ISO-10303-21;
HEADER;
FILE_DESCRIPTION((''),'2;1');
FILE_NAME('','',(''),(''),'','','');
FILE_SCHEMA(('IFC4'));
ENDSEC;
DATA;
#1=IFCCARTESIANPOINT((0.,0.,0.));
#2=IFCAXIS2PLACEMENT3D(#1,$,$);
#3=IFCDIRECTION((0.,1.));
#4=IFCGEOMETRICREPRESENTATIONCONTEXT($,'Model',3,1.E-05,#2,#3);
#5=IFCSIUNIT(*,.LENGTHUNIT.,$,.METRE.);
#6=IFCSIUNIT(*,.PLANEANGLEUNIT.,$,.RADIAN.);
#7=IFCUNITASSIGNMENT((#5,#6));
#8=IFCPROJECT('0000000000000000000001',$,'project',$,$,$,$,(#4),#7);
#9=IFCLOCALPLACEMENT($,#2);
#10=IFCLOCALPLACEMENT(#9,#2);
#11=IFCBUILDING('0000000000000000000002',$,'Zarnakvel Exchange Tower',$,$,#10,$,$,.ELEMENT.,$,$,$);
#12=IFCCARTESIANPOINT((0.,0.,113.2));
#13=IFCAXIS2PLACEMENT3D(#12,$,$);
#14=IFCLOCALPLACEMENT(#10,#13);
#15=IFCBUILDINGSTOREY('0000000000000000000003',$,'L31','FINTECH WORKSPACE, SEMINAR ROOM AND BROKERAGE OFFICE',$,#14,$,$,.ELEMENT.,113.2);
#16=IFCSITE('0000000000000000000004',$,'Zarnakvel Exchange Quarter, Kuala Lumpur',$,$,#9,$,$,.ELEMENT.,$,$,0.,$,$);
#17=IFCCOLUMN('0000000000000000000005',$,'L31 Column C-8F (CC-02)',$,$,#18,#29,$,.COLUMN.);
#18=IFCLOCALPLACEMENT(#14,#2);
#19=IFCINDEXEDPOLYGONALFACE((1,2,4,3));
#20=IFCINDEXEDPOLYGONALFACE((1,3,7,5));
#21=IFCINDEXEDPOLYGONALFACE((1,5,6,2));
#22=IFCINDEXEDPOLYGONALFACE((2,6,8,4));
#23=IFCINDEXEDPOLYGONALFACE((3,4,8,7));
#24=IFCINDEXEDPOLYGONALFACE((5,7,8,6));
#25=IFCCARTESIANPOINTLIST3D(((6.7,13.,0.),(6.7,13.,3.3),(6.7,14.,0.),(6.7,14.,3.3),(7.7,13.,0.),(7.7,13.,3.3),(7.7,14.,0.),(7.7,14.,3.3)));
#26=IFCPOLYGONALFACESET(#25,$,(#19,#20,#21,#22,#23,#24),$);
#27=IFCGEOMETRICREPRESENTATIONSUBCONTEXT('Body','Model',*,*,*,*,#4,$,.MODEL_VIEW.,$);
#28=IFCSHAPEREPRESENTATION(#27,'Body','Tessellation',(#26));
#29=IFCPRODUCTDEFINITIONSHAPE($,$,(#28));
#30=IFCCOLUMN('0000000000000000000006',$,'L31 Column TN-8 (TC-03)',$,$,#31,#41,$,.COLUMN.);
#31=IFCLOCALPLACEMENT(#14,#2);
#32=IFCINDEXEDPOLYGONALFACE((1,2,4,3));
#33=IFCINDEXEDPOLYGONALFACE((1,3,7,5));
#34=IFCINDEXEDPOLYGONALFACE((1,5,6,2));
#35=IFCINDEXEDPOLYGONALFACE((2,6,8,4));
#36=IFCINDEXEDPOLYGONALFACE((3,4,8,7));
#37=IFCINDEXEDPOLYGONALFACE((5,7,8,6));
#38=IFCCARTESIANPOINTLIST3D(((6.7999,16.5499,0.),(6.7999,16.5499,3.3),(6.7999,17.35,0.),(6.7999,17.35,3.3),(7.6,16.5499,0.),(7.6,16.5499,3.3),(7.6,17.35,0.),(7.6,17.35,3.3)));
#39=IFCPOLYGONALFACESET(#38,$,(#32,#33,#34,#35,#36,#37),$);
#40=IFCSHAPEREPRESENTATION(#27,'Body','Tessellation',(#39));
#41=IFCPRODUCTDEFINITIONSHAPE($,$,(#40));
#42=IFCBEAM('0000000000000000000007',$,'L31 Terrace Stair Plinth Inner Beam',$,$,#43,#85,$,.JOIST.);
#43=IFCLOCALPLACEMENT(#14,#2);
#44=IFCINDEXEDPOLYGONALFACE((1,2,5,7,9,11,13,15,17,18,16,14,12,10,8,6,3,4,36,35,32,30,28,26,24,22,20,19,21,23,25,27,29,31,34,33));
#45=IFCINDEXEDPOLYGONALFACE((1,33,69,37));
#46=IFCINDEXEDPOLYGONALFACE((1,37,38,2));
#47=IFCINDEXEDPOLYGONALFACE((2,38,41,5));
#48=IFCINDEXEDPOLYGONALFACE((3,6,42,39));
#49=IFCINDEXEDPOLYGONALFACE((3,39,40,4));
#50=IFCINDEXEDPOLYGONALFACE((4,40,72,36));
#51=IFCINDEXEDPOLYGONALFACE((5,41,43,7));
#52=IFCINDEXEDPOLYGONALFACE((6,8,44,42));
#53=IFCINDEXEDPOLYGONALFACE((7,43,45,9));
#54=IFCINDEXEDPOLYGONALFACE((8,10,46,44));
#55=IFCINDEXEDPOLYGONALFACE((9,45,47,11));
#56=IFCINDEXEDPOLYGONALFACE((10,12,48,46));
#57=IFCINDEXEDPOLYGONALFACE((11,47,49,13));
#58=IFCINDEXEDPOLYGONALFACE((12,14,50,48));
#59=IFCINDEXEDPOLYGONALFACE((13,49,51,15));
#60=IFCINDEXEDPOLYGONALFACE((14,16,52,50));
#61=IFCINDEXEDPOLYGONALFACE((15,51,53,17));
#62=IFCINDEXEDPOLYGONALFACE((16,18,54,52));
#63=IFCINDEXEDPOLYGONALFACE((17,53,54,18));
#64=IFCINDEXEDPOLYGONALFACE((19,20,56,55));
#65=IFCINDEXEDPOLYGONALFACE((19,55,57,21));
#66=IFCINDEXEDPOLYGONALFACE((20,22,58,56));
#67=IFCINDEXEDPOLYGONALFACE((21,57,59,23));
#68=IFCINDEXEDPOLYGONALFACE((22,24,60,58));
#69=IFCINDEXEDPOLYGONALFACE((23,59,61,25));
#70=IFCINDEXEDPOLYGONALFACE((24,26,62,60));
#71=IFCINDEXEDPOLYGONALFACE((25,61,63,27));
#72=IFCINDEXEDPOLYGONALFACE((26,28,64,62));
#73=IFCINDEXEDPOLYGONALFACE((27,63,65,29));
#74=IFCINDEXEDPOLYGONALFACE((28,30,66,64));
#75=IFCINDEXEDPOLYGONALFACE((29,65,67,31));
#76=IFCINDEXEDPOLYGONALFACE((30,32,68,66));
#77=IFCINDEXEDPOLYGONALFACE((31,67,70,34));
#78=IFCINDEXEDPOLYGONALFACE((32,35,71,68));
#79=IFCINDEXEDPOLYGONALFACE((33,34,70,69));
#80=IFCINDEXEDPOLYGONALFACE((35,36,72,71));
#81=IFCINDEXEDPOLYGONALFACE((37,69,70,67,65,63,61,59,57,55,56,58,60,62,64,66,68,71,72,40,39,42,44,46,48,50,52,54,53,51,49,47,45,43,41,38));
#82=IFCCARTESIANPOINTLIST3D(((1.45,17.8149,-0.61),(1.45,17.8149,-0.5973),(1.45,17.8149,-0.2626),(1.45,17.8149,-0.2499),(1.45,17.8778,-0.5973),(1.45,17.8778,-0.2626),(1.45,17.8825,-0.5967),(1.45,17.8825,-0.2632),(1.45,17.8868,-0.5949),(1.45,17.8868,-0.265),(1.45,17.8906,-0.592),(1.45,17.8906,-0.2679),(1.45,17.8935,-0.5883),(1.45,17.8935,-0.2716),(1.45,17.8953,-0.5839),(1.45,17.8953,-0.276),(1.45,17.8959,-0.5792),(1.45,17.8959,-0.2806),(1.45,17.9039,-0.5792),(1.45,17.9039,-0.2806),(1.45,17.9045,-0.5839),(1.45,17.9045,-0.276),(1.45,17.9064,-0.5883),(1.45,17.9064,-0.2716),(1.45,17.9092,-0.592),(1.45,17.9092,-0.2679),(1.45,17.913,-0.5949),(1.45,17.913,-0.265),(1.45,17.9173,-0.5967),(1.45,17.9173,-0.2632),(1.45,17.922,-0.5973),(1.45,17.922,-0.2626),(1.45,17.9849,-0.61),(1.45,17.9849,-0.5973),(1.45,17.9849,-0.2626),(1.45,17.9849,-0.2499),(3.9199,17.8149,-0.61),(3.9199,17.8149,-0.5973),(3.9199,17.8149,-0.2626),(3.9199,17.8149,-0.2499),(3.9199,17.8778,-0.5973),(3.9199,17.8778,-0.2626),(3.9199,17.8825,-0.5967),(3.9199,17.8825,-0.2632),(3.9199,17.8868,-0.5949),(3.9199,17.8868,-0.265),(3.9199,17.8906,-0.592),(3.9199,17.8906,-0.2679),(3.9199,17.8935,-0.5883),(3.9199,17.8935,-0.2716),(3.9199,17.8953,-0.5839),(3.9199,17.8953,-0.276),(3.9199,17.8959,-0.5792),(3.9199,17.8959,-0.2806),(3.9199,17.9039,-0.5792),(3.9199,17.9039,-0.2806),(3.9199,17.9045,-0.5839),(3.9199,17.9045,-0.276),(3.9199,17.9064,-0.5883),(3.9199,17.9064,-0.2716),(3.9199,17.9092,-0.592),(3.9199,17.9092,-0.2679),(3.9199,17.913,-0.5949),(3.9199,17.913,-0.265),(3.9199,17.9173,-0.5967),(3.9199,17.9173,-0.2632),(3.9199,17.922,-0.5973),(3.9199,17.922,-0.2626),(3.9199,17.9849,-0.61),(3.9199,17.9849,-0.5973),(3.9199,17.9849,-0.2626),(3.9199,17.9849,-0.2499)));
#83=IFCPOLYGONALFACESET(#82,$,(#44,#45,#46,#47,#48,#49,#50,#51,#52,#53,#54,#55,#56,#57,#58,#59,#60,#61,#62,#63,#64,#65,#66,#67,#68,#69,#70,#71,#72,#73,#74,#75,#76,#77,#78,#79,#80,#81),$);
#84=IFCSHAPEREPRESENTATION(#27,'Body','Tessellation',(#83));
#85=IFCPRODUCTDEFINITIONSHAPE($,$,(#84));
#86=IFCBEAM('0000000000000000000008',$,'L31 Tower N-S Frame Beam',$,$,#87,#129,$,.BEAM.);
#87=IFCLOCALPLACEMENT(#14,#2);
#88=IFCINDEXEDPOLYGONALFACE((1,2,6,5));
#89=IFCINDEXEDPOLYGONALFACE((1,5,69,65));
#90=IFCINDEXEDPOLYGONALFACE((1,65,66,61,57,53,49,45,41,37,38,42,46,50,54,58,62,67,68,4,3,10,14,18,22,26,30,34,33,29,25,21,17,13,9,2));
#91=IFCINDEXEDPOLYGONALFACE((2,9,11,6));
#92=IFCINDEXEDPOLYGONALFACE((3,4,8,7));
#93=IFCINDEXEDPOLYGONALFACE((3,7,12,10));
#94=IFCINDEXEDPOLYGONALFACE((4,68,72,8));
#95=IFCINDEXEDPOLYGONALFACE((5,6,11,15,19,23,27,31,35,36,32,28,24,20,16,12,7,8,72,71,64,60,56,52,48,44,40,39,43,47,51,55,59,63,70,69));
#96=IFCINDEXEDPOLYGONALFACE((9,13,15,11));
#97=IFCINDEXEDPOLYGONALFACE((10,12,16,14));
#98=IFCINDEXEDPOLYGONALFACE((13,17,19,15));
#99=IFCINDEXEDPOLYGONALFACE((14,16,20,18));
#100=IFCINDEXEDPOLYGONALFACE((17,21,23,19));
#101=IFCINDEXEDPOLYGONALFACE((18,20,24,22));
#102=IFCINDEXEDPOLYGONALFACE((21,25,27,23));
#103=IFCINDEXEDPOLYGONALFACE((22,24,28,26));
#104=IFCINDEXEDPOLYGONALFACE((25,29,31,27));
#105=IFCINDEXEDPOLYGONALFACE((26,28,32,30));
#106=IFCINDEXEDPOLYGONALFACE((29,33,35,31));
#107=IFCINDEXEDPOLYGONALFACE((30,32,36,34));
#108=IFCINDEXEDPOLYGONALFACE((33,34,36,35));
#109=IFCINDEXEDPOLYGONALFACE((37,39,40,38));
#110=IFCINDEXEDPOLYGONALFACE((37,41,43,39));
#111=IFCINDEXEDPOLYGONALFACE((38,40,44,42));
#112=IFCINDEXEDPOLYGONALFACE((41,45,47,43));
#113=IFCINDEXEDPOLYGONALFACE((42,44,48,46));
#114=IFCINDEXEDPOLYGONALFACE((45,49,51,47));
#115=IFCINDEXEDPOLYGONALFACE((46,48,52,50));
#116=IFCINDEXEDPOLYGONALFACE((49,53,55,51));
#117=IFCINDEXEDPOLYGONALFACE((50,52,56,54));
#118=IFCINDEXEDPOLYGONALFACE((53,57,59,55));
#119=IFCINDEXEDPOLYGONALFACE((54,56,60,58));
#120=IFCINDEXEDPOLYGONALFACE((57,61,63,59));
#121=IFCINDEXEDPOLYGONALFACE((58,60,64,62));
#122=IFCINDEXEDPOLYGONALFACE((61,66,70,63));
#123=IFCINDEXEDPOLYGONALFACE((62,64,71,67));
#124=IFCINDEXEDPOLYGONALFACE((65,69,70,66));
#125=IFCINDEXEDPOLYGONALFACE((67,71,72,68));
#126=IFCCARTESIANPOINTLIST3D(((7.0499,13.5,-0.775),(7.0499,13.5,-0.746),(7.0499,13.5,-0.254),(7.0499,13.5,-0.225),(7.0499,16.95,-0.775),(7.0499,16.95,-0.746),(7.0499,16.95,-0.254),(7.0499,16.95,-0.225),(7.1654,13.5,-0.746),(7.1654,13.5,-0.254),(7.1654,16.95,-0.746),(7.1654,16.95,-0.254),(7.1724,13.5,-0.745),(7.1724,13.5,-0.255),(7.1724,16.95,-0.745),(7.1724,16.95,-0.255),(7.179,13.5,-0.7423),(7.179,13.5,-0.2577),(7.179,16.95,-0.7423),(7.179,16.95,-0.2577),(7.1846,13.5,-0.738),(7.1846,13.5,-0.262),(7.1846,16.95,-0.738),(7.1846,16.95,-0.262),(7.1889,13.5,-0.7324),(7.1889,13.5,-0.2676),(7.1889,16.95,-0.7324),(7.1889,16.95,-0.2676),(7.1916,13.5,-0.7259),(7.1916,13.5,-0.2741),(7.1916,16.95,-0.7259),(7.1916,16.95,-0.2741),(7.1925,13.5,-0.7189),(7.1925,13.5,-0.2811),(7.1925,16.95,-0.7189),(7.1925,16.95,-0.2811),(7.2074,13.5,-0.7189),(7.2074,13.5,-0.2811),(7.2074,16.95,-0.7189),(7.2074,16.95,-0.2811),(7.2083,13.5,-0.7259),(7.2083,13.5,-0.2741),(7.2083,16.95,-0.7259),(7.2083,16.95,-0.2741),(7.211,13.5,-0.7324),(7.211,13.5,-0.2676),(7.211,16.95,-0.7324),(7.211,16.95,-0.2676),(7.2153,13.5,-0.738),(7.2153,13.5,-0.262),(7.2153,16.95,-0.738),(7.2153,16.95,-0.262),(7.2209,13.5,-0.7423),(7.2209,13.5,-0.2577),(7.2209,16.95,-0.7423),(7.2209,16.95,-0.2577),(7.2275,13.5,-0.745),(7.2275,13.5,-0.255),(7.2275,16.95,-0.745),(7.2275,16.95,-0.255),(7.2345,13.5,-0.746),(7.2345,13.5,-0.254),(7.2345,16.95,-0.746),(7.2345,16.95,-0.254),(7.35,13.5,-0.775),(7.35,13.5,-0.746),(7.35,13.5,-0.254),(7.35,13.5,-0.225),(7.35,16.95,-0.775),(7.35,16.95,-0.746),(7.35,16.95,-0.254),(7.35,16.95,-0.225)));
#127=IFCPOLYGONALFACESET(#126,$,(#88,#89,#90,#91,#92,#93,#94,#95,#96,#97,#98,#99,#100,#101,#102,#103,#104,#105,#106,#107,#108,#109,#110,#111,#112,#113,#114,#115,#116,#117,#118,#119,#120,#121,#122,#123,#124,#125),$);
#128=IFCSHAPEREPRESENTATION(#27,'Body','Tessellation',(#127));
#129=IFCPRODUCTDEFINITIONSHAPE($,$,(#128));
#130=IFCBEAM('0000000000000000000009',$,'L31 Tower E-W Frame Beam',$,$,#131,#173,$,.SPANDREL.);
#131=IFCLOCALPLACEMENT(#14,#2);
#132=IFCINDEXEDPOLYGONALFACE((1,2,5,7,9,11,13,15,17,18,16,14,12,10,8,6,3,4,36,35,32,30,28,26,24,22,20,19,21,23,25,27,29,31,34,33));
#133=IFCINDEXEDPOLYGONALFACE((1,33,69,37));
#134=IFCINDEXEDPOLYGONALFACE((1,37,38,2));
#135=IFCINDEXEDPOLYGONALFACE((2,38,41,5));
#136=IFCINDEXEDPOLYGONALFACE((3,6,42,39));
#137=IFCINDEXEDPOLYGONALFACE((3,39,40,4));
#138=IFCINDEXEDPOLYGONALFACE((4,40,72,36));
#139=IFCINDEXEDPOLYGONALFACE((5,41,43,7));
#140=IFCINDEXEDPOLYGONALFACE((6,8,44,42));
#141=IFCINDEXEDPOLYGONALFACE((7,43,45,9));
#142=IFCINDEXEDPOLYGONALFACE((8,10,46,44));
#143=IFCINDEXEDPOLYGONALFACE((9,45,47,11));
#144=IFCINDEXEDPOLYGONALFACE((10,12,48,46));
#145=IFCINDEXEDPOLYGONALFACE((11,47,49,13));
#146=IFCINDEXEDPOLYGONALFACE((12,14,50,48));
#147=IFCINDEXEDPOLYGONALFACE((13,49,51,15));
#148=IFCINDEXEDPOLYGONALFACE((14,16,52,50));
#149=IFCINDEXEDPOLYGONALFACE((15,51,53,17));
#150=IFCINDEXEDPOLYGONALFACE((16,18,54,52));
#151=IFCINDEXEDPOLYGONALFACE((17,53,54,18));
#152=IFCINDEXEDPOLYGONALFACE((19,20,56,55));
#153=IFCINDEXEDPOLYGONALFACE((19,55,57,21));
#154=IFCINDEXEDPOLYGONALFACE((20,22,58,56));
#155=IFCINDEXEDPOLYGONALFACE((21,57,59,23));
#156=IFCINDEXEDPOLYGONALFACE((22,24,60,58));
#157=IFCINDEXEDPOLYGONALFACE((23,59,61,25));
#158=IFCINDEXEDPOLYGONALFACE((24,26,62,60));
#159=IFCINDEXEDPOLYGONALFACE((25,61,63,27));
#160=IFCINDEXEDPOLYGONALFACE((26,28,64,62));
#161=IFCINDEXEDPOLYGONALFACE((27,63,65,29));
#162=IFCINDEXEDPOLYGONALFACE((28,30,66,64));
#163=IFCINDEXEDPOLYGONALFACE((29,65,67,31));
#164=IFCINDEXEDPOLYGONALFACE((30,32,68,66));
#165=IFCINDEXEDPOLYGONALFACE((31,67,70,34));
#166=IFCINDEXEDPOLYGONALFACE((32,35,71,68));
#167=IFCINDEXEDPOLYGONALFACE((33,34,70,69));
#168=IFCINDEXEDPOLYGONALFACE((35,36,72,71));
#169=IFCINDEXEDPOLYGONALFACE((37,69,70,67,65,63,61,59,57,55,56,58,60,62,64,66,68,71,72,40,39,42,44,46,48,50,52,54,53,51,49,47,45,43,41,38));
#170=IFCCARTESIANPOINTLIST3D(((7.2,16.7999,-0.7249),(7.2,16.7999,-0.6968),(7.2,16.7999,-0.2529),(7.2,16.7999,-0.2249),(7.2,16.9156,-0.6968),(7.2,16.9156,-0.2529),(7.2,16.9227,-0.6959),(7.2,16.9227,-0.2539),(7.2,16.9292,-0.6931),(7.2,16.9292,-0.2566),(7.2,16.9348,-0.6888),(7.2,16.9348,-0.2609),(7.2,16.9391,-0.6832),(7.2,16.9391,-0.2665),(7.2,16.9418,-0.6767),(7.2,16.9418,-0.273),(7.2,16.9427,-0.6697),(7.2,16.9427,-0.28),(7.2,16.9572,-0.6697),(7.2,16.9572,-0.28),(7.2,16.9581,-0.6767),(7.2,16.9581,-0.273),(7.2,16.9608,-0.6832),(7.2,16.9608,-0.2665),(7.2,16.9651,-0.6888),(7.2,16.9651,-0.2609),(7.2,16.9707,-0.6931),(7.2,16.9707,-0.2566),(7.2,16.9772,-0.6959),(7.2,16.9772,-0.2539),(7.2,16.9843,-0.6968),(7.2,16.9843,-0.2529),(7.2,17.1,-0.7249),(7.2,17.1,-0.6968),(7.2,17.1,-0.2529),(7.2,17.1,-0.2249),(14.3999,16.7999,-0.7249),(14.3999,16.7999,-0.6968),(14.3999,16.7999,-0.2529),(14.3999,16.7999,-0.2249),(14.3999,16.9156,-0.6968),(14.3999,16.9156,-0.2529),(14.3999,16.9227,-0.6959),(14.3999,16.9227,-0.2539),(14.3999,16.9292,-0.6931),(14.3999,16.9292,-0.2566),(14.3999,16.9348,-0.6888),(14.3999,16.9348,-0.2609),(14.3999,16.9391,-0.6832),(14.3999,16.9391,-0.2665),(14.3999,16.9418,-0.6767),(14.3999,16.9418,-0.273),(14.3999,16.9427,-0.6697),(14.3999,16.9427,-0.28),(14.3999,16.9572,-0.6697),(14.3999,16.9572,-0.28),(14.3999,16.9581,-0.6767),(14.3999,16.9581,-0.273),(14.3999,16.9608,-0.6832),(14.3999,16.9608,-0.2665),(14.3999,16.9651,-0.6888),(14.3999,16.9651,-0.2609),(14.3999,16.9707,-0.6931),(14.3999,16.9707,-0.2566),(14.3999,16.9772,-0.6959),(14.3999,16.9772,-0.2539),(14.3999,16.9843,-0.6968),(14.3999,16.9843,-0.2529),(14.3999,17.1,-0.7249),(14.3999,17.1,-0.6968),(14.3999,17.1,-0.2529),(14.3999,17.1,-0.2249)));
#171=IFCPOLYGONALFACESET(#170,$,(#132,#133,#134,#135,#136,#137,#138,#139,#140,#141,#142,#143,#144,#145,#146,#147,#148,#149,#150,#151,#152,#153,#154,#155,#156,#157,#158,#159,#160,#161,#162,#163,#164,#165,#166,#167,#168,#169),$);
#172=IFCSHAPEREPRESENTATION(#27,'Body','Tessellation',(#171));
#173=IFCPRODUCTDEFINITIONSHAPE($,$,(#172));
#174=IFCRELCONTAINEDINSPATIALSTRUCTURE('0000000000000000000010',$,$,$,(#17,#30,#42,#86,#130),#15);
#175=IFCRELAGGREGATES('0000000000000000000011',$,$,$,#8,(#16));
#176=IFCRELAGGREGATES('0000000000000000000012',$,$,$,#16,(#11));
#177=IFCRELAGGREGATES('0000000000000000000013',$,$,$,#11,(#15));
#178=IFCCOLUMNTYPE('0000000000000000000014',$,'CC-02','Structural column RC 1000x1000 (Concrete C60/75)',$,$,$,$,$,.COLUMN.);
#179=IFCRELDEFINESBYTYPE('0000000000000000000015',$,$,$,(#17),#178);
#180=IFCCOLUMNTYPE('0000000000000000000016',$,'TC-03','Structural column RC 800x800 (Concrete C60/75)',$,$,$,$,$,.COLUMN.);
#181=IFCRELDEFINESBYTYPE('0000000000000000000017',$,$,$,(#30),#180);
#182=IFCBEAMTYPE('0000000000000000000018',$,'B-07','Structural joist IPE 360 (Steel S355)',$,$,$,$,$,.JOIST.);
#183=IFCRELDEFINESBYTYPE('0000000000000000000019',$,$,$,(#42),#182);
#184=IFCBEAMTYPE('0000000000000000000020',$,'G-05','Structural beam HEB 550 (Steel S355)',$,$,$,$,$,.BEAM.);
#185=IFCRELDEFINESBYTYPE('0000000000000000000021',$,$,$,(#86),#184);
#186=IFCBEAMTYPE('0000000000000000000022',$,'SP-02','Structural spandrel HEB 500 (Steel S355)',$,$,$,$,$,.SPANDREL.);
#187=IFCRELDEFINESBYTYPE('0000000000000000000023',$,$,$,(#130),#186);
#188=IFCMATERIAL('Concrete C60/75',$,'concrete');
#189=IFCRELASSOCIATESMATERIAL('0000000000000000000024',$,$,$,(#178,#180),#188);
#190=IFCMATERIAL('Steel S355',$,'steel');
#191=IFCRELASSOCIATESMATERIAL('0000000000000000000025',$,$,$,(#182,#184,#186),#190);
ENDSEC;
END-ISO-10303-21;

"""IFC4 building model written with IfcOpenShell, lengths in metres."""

from ifc_helpers import new_model, si_unit, direction, frame, origin, origin_2d, place, context, subcontext, project, spatial, rectangle, i_section, extrude, material, material_profile, profile_set, type_object, element, save


model = new_model("IFC4")

# Units and contexts
model_context = context("Model", 3, precision=1e-05, world=origin(), true_north=direction((0.0, 1.0)))
body_context = subcontext(model_context, "Body", "Model", "MODEL_VIEW")
ifc_project = project(units=[si_unit("LENGTHUNIT", "METRE"), si_unit("PLANEANGLEUNIT", "RADIAN")], contexts=[model_context])

# Site, building, storey
site_placement = place(None, origin())
site = spatial("IfcSite", under=ifc_project, at=site_placement, Name="Zarnakvel Exchange Quarter, Kuala Lumpur", CompositionType="ELEMENT", RefElevation=0.0)
building_placement = place(site_placement, origin())
building = spatial("IfcBuilding", under=site, at=building_placement, Name="Zarnakvel Exchange Tower", CompositionType="ELEMENT")
storey_placement = place(building_placement, frame((0.0, 0.0, 113.2)))
storey = spatial("IfcBuildingStorey", under=building, at=storey_placement, Name="L31", Description="FINTECH WORKSPACE, SEMINAR ROOM AND BROKERAGE OFFICE", CompositionType="ELEMENT", Elevation=113.2)

# Columns
ifc_material_1 = material(Name="Concrete C60/75", Category="concrete")
ifc_material_profile_1 = material_profile(ifc_material_1, rectangle(XDim=1.0, YDim=1.0, at=origin_2d()))
ifc_profile_set_1 = profile_set([ifc_material_profile_1], Name="Concrete C60/75")
column_type_1 = type_object("IfcColumnType", Name="CC-02", Description="Structural column RC 1000x1000 (Concrete C60/75)", PredefinedType="COLUMN", material=ifc_profile_set_1)
column_1_placement = place(storey_placement, frame((7.2, 13.5, 0.0), z_axis=(0.0, 0.0, 1.0), x_axis=(1.0, 0.0, 0.0)))
element("IfcColumn", 1, at=column_1_placement, inside=storey, type_object=column_type_1, Name="L31 Column C-8F (CC-02)", PredefinedType="COLUMN", context=body_context, shape_type="SweptSolid", body=[
    extrude(rectangle(XDim=1.0, YDim=1.0, at=origin_2d()), origin(), (0.0, 0.0, 1.0), 3.3),
])
ifc_material_profile_2 = material_profile(ifc_material_1, rectangle(XDim=0.8, YDim=0.8, at=origin_2d()))
ifc_profile_set_2 = profile_set([ifc_material_profile_2], Name="Concrete C60/75")
column_type_2 = type_object("IfcColumnType", Name="TC-03", Description="Structural column RC 800x800 (Concrete C60/75)", PredefinedType="COLUMN", material=ifc_profile_set_2)
column_2_placement = place(storey_placement, frame((7.2, 16.95, 0.0), z_axis=(0.0, 0.0, 1.0), x_axis=(1.0, 0.0, 0.0)))
element("IfcColumn", 2, at=column_2_placement, inside=storey, type_object=column_type_2, Name="L31 Column TN-8 (TC-03)", PredefinedType="COLUMN", context=body_context, shape_type="SweptSolid", body=[
    extrude(rectangle(XDim=0.8, YDim=0.8, at=origin_2d()), origin(), (0.0, 0.0, 1.0), 3.3),
])

# Beams
ifc_material_2 = material(Name="Steel S355", Category="steel")
ifc_material_profile_3 = material_profile(ifc_material_2, i_section(OverallWidth=0.1699, OverallDepth=0.3601, WebThickness=0.0081, FlangeThickness=0.0127, FilletRadius=0.0181, at=origin_2d()))
ifc_profile_set_3 = profile_set([ifc_material_profile_3], Name="Steel S355")
beam_type_1 = type_object("IfcBeamType", Name="B-07", Description="Structural joist IPE 360 (Steel S355)", PredefinedType="JOIST", material=ifc_profile_set_3)
beam_1_placement = place(storey_placement, frame((1.45, 17.8999, -0.4299), z_axis=(1.0, 0.0, 0.0), x_axis=(0.0, 1.0, 0.0)))
element("IfcBeam", 3, at=beam_1_placement, inside=storey, type_object=beam_type_1, Name="L31 Terrace Stair Plinth Inner Beam", PredefinedType="JOIST", context=body_context, shape_type="SweptSolid", body=[
    extrude(i_section(OverallWidth=0.1699, OverallDepth=0.3601, WebThickness=0.0081, FlangeThickness=0.0127, FilletRadius=0.0181, at=origin_2d()), origin(), (0.0, 0.0, 1.0), 2.47),
])
ifc_material_profile_4 = material_profile(ifc_material_2, i_section(OverallWidth=0.3, OverallDepth=0.55, WebThickness=0.0149, FlangeThickness=0.0291, FilletRadius=0.0271, at=origin_2d()))
ifc_profile_set_4 = profile_set([ifc_material_profile_4], Name="Steel S355")
beam_type_2 = type_object("IfcBeamType", Name="G-05", Description="Structural beam HEB 550 (Steel S355)", PredefinedType="BEAM", material=ifc_profile_set_4)
beam_2_placement = place(storey_placement, frame((7.2, 13.5, -0.5), z_axis=(0.0, 1.0, 0.0), x_axis=(-1.0, 0.0, 0.0)))
element("IfcBeam", 4, at=beam_2_placement, inside=storey, type_object=beam_type_2, Name="L31 Tower N-S Frame Beam", PredefinedType="BEAM", context=body_context, shape_type="SweptSolid", body=[
    extrude(i_section(OverallWidth=0.3, OverallDepth=0.55, WebThickness=0.0149, FlangeThickness=0.0291, FilletRadius=0.0271, at=origin_2d()), origin(), (0.0, 0.0, 1.0), 3.45),
])
ifc_material_profile_5 = material_profile(ifc_material_2, i_section(OverallWidth=0.3, OverallDepth=0.5, WebThickness=0.0144, FlangeThickness=0.0281, FilletRadius=0.0271, at=origin_2d()))
ifc_profile_set_5 = profile_set([ifc_material_profile_5], Name="Steel S355")
beam_type_3 = type_object("IfcBeamType", Name="SP-02", Description="Structural spandrel HEB 500 (Steel S355)", PredefinedType="SPANDREL", material=ifc_profile_set_5)
beam_3_placement = place(storey_placement, frame((7.2, 16.95, -0.4749), z_axis=(1.0, 0.0, 0.0), x_axis=(0.0, 1.0, 0.0)))
element("IfcBeam", 5, at=beam_3_placement, inside=storey, type_object=beam_type_3, Name="L31 Tower E-W Frame Beam", PredefinedType="SPANDREL", context=body_context, shape_type="SweptSolid", body=[
    extrude(i_section(OverallWidth=0.3, OverallDepth=0.5, WebThickness=0.0144, FlangeThickness=0.0281, FilletRadius=0.0271, at=origin_2d()), origin(), (0.0, 0.0, 1.0), 7.2),
])

save(model, "model.ifc")
